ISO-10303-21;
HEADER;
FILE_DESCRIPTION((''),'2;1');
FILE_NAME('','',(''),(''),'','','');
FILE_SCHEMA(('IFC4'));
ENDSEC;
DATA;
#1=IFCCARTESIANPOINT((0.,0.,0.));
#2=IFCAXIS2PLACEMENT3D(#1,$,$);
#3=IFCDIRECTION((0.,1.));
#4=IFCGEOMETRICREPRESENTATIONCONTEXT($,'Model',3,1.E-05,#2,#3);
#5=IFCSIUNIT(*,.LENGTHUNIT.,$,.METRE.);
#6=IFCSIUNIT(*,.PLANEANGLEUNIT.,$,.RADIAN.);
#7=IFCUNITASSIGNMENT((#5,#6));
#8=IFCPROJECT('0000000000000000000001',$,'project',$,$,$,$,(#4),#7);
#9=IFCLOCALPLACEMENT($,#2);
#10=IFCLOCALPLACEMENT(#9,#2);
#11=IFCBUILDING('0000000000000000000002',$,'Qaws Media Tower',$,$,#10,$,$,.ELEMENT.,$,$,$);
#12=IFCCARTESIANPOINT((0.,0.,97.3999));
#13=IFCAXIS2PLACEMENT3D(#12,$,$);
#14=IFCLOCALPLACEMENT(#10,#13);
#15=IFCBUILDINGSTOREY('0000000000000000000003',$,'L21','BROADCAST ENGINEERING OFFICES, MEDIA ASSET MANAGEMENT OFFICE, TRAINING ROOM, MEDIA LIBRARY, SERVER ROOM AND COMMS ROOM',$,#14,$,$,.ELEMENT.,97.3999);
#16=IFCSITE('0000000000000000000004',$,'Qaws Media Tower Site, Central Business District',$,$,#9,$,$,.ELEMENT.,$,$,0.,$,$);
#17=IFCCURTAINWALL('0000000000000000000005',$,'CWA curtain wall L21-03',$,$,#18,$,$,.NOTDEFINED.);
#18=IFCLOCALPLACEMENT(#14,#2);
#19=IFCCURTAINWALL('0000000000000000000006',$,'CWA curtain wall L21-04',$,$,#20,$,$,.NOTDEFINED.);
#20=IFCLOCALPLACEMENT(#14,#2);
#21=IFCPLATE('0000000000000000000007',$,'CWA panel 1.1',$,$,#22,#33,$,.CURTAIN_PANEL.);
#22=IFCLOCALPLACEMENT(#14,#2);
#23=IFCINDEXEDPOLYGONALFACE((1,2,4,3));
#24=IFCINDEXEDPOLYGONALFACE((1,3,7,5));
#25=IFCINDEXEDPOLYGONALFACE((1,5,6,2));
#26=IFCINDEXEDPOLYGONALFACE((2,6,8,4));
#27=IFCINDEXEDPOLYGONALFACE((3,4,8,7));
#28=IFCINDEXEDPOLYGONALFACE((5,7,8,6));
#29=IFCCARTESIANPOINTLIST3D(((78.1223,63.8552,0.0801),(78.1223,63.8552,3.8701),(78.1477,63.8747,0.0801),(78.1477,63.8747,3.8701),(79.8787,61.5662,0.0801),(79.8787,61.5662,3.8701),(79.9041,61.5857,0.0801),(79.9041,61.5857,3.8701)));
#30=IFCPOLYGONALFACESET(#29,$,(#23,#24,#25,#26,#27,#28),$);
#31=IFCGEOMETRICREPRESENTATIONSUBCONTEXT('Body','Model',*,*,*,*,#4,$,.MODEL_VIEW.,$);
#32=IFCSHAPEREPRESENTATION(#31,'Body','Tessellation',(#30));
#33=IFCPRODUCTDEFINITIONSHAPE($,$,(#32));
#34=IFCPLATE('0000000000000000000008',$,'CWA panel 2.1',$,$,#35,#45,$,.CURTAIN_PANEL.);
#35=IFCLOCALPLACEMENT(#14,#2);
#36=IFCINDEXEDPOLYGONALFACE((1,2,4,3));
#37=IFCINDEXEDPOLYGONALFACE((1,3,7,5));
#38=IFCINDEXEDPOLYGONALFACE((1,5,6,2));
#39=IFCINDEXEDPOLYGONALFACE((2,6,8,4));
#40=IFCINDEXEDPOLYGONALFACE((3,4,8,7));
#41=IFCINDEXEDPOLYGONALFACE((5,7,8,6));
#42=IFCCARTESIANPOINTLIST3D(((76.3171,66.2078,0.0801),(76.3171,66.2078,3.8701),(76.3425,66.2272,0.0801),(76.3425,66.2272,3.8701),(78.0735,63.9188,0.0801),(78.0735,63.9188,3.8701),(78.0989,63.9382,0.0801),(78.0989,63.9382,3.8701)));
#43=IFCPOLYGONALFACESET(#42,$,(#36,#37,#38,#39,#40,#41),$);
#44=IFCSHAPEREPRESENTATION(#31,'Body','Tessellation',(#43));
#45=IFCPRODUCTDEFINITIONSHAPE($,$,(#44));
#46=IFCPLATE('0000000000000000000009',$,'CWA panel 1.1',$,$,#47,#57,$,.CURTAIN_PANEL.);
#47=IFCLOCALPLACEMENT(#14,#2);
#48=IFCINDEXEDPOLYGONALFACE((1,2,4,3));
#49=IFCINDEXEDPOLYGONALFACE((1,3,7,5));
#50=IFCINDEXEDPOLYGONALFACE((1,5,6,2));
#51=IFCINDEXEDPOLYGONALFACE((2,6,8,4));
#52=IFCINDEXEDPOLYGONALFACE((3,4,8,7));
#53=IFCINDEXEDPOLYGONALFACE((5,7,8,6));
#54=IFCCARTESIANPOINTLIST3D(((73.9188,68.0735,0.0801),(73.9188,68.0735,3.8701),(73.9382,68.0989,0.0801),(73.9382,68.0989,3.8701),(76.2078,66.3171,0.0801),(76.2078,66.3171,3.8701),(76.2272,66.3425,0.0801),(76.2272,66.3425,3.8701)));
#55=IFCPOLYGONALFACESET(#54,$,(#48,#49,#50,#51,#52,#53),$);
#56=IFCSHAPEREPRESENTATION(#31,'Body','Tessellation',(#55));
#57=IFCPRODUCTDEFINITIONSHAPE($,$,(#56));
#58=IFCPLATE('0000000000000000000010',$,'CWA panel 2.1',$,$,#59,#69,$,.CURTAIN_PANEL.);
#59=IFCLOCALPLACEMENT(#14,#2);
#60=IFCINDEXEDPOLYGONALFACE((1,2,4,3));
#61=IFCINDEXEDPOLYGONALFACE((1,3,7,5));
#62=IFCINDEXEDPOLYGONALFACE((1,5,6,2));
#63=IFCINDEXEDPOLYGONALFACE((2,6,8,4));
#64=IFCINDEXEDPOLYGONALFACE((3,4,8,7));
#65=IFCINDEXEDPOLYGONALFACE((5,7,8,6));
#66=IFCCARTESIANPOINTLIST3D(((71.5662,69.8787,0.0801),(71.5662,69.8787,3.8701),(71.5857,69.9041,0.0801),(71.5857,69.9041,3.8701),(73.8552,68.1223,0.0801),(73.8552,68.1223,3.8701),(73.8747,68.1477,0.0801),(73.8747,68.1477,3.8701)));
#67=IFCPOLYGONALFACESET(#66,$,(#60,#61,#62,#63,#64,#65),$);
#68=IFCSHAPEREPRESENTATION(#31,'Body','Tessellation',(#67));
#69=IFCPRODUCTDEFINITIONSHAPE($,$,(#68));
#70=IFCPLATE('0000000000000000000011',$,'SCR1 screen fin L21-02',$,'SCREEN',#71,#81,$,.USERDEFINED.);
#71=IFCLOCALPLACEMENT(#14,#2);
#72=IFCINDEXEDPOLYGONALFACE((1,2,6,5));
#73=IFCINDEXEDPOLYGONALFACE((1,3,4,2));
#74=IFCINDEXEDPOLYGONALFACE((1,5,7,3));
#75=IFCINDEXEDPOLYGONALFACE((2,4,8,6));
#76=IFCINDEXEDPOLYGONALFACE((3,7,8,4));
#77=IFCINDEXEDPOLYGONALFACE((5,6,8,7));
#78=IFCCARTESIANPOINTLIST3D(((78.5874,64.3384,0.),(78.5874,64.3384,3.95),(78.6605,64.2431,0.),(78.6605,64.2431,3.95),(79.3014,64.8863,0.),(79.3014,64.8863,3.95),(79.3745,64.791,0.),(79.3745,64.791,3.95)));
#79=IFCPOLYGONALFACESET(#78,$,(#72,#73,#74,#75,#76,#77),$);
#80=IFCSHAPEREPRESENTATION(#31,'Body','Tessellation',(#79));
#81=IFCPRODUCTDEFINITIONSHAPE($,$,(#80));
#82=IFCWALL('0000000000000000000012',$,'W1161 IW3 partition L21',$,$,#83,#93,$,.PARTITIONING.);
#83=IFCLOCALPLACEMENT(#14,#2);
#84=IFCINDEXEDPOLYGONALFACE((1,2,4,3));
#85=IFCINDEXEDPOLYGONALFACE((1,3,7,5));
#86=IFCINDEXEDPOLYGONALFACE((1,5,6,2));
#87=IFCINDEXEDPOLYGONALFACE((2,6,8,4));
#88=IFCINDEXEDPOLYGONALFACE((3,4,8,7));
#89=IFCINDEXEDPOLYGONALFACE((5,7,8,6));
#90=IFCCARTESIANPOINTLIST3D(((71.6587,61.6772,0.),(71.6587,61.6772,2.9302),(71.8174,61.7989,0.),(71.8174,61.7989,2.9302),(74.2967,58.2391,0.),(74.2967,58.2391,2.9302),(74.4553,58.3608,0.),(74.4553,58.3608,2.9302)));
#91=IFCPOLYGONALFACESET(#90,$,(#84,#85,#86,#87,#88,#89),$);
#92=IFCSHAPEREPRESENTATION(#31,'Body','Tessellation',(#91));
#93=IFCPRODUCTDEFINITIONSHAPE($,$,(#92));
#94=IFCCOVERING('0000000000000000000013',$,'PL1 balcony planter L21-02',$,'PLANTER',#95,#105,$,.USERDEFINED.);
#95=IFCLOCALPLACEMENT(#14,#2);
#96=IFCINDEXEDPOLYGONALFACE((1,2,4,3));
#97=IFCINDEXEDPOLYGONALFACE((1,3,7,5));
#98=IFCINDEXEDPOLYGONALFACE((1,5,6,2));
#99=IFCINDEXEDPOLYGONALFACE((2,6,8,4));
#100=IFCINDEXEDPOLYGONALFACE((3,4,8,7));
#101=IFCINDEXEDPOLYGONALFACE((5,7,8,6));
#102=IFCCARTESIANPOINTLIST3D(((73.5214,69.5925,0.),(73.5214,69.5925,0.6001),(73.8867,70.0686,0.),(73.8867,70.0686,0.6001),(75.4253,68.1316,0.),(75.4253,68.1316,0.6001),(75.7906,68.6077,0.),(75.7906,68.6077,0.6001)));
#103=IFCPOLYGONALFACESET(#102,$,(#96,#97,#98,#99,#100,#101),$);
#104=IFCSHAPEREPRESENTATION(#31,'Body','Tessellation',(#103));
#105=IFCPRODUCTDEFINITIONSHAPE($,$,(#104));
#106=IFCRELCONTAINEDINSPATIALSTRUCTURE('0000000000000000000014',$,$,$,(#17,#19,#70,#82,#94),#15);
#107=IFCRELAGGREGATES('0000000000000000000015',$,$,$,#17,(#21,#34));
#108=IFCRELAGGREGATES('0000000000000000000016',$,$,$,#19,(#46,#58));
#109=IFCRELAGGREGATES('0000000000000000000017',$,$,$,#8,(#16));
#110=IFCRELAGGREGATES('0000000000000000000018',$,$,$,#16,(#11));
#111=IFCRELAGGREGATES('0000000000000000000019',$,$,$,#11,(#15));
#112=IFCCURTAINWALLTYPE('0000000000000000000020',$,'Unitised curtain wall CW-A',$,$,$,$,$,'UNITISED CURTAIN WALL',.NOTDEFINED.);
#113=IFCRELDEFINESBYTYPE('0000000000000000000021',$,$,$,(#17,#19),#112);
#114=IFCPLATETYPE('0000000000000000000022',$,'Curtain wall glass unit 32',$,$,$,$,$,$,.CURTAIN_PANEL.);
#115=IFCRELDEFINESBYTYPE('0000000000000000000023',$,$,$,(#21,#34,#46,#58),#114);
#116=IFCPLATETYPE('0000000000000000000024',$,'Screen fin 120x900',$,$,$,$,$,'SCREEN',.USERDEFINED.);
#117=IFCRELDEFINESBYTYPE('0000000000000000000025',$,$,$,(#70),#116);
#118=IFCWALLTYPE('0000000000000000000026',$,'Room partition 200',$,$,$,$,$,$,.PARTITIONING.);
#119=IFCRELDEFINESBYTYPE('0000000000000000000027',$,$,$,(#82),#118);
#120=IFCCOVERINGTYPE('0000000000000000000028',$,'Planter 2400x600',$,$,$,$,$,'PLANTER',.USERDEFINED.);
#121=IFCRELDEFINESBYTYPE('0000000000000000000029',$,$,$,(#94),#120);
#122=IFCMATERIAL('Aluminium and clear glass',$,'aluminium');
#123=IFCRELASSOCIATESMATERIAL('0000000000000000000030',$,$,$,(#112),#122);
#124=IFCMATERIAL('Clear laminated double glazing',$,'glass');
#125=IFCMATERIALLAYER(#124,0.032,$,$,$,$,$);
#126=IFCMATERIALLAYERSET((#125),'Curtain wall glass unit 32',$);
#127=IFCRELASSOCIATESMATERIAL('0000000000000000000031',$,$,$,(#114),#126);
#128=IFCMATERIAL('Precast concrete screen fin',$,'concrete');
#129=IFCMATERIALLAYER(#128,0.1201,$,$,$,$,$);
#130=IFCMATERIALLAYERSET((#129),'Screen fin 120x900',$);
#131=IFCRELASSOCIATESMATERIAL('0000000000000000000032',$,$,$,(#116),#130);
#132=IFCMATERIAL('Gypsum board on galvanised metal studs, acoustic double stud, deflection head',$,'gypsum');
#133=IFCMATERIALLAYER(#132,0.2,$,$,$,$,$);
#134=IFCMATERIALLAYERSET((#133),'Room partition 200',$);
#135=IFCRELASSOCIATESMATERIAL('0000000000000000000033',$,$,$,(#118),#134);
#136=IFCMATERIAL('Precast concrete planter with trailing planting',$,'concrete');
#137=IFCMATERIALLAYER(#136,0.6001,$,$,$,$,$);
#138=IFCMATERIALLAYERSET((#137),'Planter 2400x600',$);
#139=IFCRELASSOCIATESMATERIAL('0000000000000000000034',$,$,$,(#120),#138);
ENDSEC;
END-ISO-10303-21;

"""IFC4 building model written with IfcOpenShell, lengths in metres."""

from ifc_helpers import new_model, si_unit, direction, frame, frame_2d, origin, origin_2d, place, context, subcontext, project, spatial, rectangle, extrude, material, layer, layer_set, type_object, element, aggregate, save


model = new_model("IFC4")

# Units and contexts
model_context = context("Model", 3, precision=1e-05, world=origin(), true_north=direction((0.0, 1.0)))
body_context = subcontext(model_context, "Body", "Model", "MODEL_VIEW")
ifc_project = project(units=[si_unit("LENGTHUNIT", "METRE"), si_unit("PLANEANGLEUNIT", "RADIAN")], contexts=[model_context])

# Site, building, storey
site_placement = place(None, origin())
site = spatial("IfcSite", under=ifc_project, at=site_placement, Name="Qaws Media Tower Site, Central Business District", CompositionType="ELEMENT", RefElevation=0.0)
building_placement = place(site_placement, origin())
building = spatial("IfcBuilding", under=site, at=building_placement, Name="Qaws Media Tower", CompositionType="ELEMENT")
storey_placement = place(building_placement, frame((0.0, 0.0, 97.3999)))
storey = spatial("IfcBuildingStorey", under=building, at=storey_placement, Name="L21", Description="BROADCAST ENGINEERING OFFICES, MEDIA ASSET MANAGEMENT OFFICE, TRAINING ROOM, MEDIA LIBRARY, SERVER ROOM AND COMMS ROOM", CompositionType="ELEMENT", Elevation=97.3999)

# Shared definitions
ifc_material_1 = material(Name="Aluminium and clear glass", Category="aluminium")
curtain_wall_type = type_object("IfcCurtainWallType", Name="Unitised curtain wall CW-A", ElementType="UNITISED CURTAIN WALL", PredefinedType="NOTDEFINED", material=ifc_material_1)

# Curtain walls
curtain_wall_1_placement = place(storey_placement, origin())
curtain_wall_1 = element("IfcCurtainWall", 1, at=curtain_wall_1_placement, inside=storey, type_object=curtain_wall_type, Name="CWA curtain wall L21-03", PredefinedType="NOTDEFINED")
curtain_wall_2_placement = place(storey_placement, origin())
curtain_wall_2 = element("IfcCurtainWall", 2, at=curtain_wall_2_placement, inside=storey, type_object=curtain_wall_type, Name="CWA curtain wall L21-04", PredefinedType="NOTDEFINED")

# Plates
ifc_material_2 = material(Name="Clear laminated double glazing", Category="glass")
ifc_layer_1 = layer(ifc_material_2, 0.032)
ifc_layer_set_1 = layer_set([ifc_layer_1], Name="Curtain wall glass unit 32")
plate_type_1 = type_object("IfcPlateType", Name="Curtain wall glass unit 32", PredefinedType="CURTAIN_PANEL", material=ifc_layer_set_1)
plate_1_placement = place(storey_placement, frame((79.0132, 62.7205, 0.0801), z_axis=(0.0, 0.0, 1.0), x_axis=(-0.608761, 0.793353, 0.0)))
plate_1 = element("IfcPlate", 3, at=plate_1_placement, type_object=plate_type_1, Name="CWA panel 1.1", PredefinedType="CURTAIN_PANEL", context=body_context, shape_type="SweptSolid", body=[
    extrude(rectangle(XDim=2.8853, YDim=0.032, at=origin_2d()), origin(), (0.0, 0.0, 1.0), 3.79),
])
plate_2_placement = place(storey_placement, frame((77.208, 65.073, 0.0801), z_axis=(0.0, 0.0, 1.0), x_axis=(-0.608761, 0.793353, 0.0)))
plate_2 = element("IfcPlate", 4, at=plate_2_placement, type_object=plate_type_1, Name="CWA panel 2.1", PredefinedType="CURTAIN_PANEL", context=body_context, shape_type="SweptSolid", body=[
    extrude(rectangle(XDim=2.8853, YDim=0.032, at=origin_2d()), origin(), (0.0, 0.0, 1.0), 3.79),
])
aggregate(curtain_wall_1, [plate_1, plate_2])
plate_3_placement = place(storey_placement, frame((75.073, 67.208, 0.0801), z_axis=(0.0, 0.0, 1.0), x_axis=(-0.793353, 0.608761, 0.0)))
plate_3 = element("IfcPlate", 5, at=plate_3_placement, type_object=plate_type_1, Name="CWA panel 1.1", PredefinedType="CURTAIN_PANEL", context=body_context, shape_type="SweptSolid", body=[
    extrude(rectangle(XDim=2.8853, YDim=0.032, at=origin_2d()), origin(), (0.0, 0.0, 1.0), 3.79),
])
plate_4_placement = place(storey_placement, frame((72.7205, 69.0132, 0.0801), z_axis=(0.0, 0.0, 1.0), x_axis=(-0.793353, 0.608761, 0.0)))
plate_4 = element("IfcPlate", 6, at=plate_4_placement, type_object=plate_type_1, Name="CWA panel 2.1", PredefinedType="CURTAIN_PANEL", context=body_context, shape_type="SweptSolid", body=[
    extrude(rectangle(XDim=2.8853, YDim=0.032, at=origin_2d()), origin(), (0.0, 0.0, 1.0), 3.79),
])
aggregate(curtain_wall_2, [plate_3, plate_4])
ifc_material_3 = material(Name="Precast concrete screen fin", Category="concrete")
ifc_layer_2 = layer(ifc_material_3, 0.1201)
ifc_layer_set_2 = layer_set([ifc_layer_2], Name="Screen fin 120x900")
plate_type_2 = type_object("IfcPlateType", Name="Screen fin 120x900", ElementType="SCREEN", PredefinedType="USERDEFINED", material=ifc_layer_set_2)
plate_5_placement = place(storey_placement, frame((78.981, 64.5647, 0.0), z_axis=(0.0, 0.0, 1.0), x_axis=(0.793353, 0.608761, 0.0)))
element("IfcPlate", 7, at=plate_5_placement, inside=storey, type_object=plate_type_2, Name="SCR1 screen fin L21-02", ObjectType="SCREEN", PredefinedType="USERDEFINED", context=body_context, shape_type="SweptSolid", body=[
    extrude(rectangle(XDim=0.8999, YDim=0.1201, at=origin_2d()), origin(), (0.0, 0.0, 1.0), 3.95),
])

# Wall
ifc_material_4 = material(Name="Gypsum board on galvanised metal studs, acoustic double stud, deflection head", Category="gypsum")
ifc_layer_3 = layer(ifc_material_4, 0.2)
ifc_layer_set_3 = layer_set([ifc_layer_3], Name="Room partition 200")
wall_type = type_object("IfcWallType", Name="Room partition 200", PredefinedType="PARTITIONING", material=ifc_layer_set_3)
wall_placement = place(storey_placement, frame((71.738, 61.738, 0.0), z_axis=(0.0, 0.0, 1.0), x_axis=(0.608744, -0.793367, 0.0)))
element("IfcWall", 8, at=wall_placement, inside=storey, type_object=wall_type, Name="W1161 IW3 partition L21", PredefinedType="PARTITIONING", context=body_context, shape_type="SweptSolid", body=[
    extrude(rectangle(XDim=4.3335, YDim=0.2, at=frame_2d((2.1667, 0.0))), origin(), (0.0, 0.0, 1.0), 2.9302),
])

# Covering
ifc_material_5 = material(Name="Precast concrete planter with trailing planting", Category="concrete")
ifc_layer_4 = layer(ifc_material_5, 0.6001)
ifc_layer_set_4 = layer_set([ifc_layer_4], Name="Planter 2400x600")
covering_type = type_object("IfcCoveringType", Name="Planter 2400x600", ElementType="PLANTER", PredefinedType="USERDEFINED", material=ifc_layer_set_4)
covering_placement = place(storey_placement, frame((74.656, 69.1001, 0.0), z_axis=(0.0, 0.0, 1.0), x_axis=(-0.793353, 0.608761, 0.0)))
element("IfcCovering", 9, at=covering_placement, inside=storey, type_object=covering_type, Name="PL1 balcony planter L21-02", ObjectType="PLANTER", PredefinedType="USERDEFINED", context=body_context, shape_type="SweptSolid", body=[
    extrude(rectangle(XDim=2.3999, YDim=0.6001, at=origin_2d()), origin(), (0.0, 0.0, 1.0), 0.6001),
])

save(model, "model.ifc")
